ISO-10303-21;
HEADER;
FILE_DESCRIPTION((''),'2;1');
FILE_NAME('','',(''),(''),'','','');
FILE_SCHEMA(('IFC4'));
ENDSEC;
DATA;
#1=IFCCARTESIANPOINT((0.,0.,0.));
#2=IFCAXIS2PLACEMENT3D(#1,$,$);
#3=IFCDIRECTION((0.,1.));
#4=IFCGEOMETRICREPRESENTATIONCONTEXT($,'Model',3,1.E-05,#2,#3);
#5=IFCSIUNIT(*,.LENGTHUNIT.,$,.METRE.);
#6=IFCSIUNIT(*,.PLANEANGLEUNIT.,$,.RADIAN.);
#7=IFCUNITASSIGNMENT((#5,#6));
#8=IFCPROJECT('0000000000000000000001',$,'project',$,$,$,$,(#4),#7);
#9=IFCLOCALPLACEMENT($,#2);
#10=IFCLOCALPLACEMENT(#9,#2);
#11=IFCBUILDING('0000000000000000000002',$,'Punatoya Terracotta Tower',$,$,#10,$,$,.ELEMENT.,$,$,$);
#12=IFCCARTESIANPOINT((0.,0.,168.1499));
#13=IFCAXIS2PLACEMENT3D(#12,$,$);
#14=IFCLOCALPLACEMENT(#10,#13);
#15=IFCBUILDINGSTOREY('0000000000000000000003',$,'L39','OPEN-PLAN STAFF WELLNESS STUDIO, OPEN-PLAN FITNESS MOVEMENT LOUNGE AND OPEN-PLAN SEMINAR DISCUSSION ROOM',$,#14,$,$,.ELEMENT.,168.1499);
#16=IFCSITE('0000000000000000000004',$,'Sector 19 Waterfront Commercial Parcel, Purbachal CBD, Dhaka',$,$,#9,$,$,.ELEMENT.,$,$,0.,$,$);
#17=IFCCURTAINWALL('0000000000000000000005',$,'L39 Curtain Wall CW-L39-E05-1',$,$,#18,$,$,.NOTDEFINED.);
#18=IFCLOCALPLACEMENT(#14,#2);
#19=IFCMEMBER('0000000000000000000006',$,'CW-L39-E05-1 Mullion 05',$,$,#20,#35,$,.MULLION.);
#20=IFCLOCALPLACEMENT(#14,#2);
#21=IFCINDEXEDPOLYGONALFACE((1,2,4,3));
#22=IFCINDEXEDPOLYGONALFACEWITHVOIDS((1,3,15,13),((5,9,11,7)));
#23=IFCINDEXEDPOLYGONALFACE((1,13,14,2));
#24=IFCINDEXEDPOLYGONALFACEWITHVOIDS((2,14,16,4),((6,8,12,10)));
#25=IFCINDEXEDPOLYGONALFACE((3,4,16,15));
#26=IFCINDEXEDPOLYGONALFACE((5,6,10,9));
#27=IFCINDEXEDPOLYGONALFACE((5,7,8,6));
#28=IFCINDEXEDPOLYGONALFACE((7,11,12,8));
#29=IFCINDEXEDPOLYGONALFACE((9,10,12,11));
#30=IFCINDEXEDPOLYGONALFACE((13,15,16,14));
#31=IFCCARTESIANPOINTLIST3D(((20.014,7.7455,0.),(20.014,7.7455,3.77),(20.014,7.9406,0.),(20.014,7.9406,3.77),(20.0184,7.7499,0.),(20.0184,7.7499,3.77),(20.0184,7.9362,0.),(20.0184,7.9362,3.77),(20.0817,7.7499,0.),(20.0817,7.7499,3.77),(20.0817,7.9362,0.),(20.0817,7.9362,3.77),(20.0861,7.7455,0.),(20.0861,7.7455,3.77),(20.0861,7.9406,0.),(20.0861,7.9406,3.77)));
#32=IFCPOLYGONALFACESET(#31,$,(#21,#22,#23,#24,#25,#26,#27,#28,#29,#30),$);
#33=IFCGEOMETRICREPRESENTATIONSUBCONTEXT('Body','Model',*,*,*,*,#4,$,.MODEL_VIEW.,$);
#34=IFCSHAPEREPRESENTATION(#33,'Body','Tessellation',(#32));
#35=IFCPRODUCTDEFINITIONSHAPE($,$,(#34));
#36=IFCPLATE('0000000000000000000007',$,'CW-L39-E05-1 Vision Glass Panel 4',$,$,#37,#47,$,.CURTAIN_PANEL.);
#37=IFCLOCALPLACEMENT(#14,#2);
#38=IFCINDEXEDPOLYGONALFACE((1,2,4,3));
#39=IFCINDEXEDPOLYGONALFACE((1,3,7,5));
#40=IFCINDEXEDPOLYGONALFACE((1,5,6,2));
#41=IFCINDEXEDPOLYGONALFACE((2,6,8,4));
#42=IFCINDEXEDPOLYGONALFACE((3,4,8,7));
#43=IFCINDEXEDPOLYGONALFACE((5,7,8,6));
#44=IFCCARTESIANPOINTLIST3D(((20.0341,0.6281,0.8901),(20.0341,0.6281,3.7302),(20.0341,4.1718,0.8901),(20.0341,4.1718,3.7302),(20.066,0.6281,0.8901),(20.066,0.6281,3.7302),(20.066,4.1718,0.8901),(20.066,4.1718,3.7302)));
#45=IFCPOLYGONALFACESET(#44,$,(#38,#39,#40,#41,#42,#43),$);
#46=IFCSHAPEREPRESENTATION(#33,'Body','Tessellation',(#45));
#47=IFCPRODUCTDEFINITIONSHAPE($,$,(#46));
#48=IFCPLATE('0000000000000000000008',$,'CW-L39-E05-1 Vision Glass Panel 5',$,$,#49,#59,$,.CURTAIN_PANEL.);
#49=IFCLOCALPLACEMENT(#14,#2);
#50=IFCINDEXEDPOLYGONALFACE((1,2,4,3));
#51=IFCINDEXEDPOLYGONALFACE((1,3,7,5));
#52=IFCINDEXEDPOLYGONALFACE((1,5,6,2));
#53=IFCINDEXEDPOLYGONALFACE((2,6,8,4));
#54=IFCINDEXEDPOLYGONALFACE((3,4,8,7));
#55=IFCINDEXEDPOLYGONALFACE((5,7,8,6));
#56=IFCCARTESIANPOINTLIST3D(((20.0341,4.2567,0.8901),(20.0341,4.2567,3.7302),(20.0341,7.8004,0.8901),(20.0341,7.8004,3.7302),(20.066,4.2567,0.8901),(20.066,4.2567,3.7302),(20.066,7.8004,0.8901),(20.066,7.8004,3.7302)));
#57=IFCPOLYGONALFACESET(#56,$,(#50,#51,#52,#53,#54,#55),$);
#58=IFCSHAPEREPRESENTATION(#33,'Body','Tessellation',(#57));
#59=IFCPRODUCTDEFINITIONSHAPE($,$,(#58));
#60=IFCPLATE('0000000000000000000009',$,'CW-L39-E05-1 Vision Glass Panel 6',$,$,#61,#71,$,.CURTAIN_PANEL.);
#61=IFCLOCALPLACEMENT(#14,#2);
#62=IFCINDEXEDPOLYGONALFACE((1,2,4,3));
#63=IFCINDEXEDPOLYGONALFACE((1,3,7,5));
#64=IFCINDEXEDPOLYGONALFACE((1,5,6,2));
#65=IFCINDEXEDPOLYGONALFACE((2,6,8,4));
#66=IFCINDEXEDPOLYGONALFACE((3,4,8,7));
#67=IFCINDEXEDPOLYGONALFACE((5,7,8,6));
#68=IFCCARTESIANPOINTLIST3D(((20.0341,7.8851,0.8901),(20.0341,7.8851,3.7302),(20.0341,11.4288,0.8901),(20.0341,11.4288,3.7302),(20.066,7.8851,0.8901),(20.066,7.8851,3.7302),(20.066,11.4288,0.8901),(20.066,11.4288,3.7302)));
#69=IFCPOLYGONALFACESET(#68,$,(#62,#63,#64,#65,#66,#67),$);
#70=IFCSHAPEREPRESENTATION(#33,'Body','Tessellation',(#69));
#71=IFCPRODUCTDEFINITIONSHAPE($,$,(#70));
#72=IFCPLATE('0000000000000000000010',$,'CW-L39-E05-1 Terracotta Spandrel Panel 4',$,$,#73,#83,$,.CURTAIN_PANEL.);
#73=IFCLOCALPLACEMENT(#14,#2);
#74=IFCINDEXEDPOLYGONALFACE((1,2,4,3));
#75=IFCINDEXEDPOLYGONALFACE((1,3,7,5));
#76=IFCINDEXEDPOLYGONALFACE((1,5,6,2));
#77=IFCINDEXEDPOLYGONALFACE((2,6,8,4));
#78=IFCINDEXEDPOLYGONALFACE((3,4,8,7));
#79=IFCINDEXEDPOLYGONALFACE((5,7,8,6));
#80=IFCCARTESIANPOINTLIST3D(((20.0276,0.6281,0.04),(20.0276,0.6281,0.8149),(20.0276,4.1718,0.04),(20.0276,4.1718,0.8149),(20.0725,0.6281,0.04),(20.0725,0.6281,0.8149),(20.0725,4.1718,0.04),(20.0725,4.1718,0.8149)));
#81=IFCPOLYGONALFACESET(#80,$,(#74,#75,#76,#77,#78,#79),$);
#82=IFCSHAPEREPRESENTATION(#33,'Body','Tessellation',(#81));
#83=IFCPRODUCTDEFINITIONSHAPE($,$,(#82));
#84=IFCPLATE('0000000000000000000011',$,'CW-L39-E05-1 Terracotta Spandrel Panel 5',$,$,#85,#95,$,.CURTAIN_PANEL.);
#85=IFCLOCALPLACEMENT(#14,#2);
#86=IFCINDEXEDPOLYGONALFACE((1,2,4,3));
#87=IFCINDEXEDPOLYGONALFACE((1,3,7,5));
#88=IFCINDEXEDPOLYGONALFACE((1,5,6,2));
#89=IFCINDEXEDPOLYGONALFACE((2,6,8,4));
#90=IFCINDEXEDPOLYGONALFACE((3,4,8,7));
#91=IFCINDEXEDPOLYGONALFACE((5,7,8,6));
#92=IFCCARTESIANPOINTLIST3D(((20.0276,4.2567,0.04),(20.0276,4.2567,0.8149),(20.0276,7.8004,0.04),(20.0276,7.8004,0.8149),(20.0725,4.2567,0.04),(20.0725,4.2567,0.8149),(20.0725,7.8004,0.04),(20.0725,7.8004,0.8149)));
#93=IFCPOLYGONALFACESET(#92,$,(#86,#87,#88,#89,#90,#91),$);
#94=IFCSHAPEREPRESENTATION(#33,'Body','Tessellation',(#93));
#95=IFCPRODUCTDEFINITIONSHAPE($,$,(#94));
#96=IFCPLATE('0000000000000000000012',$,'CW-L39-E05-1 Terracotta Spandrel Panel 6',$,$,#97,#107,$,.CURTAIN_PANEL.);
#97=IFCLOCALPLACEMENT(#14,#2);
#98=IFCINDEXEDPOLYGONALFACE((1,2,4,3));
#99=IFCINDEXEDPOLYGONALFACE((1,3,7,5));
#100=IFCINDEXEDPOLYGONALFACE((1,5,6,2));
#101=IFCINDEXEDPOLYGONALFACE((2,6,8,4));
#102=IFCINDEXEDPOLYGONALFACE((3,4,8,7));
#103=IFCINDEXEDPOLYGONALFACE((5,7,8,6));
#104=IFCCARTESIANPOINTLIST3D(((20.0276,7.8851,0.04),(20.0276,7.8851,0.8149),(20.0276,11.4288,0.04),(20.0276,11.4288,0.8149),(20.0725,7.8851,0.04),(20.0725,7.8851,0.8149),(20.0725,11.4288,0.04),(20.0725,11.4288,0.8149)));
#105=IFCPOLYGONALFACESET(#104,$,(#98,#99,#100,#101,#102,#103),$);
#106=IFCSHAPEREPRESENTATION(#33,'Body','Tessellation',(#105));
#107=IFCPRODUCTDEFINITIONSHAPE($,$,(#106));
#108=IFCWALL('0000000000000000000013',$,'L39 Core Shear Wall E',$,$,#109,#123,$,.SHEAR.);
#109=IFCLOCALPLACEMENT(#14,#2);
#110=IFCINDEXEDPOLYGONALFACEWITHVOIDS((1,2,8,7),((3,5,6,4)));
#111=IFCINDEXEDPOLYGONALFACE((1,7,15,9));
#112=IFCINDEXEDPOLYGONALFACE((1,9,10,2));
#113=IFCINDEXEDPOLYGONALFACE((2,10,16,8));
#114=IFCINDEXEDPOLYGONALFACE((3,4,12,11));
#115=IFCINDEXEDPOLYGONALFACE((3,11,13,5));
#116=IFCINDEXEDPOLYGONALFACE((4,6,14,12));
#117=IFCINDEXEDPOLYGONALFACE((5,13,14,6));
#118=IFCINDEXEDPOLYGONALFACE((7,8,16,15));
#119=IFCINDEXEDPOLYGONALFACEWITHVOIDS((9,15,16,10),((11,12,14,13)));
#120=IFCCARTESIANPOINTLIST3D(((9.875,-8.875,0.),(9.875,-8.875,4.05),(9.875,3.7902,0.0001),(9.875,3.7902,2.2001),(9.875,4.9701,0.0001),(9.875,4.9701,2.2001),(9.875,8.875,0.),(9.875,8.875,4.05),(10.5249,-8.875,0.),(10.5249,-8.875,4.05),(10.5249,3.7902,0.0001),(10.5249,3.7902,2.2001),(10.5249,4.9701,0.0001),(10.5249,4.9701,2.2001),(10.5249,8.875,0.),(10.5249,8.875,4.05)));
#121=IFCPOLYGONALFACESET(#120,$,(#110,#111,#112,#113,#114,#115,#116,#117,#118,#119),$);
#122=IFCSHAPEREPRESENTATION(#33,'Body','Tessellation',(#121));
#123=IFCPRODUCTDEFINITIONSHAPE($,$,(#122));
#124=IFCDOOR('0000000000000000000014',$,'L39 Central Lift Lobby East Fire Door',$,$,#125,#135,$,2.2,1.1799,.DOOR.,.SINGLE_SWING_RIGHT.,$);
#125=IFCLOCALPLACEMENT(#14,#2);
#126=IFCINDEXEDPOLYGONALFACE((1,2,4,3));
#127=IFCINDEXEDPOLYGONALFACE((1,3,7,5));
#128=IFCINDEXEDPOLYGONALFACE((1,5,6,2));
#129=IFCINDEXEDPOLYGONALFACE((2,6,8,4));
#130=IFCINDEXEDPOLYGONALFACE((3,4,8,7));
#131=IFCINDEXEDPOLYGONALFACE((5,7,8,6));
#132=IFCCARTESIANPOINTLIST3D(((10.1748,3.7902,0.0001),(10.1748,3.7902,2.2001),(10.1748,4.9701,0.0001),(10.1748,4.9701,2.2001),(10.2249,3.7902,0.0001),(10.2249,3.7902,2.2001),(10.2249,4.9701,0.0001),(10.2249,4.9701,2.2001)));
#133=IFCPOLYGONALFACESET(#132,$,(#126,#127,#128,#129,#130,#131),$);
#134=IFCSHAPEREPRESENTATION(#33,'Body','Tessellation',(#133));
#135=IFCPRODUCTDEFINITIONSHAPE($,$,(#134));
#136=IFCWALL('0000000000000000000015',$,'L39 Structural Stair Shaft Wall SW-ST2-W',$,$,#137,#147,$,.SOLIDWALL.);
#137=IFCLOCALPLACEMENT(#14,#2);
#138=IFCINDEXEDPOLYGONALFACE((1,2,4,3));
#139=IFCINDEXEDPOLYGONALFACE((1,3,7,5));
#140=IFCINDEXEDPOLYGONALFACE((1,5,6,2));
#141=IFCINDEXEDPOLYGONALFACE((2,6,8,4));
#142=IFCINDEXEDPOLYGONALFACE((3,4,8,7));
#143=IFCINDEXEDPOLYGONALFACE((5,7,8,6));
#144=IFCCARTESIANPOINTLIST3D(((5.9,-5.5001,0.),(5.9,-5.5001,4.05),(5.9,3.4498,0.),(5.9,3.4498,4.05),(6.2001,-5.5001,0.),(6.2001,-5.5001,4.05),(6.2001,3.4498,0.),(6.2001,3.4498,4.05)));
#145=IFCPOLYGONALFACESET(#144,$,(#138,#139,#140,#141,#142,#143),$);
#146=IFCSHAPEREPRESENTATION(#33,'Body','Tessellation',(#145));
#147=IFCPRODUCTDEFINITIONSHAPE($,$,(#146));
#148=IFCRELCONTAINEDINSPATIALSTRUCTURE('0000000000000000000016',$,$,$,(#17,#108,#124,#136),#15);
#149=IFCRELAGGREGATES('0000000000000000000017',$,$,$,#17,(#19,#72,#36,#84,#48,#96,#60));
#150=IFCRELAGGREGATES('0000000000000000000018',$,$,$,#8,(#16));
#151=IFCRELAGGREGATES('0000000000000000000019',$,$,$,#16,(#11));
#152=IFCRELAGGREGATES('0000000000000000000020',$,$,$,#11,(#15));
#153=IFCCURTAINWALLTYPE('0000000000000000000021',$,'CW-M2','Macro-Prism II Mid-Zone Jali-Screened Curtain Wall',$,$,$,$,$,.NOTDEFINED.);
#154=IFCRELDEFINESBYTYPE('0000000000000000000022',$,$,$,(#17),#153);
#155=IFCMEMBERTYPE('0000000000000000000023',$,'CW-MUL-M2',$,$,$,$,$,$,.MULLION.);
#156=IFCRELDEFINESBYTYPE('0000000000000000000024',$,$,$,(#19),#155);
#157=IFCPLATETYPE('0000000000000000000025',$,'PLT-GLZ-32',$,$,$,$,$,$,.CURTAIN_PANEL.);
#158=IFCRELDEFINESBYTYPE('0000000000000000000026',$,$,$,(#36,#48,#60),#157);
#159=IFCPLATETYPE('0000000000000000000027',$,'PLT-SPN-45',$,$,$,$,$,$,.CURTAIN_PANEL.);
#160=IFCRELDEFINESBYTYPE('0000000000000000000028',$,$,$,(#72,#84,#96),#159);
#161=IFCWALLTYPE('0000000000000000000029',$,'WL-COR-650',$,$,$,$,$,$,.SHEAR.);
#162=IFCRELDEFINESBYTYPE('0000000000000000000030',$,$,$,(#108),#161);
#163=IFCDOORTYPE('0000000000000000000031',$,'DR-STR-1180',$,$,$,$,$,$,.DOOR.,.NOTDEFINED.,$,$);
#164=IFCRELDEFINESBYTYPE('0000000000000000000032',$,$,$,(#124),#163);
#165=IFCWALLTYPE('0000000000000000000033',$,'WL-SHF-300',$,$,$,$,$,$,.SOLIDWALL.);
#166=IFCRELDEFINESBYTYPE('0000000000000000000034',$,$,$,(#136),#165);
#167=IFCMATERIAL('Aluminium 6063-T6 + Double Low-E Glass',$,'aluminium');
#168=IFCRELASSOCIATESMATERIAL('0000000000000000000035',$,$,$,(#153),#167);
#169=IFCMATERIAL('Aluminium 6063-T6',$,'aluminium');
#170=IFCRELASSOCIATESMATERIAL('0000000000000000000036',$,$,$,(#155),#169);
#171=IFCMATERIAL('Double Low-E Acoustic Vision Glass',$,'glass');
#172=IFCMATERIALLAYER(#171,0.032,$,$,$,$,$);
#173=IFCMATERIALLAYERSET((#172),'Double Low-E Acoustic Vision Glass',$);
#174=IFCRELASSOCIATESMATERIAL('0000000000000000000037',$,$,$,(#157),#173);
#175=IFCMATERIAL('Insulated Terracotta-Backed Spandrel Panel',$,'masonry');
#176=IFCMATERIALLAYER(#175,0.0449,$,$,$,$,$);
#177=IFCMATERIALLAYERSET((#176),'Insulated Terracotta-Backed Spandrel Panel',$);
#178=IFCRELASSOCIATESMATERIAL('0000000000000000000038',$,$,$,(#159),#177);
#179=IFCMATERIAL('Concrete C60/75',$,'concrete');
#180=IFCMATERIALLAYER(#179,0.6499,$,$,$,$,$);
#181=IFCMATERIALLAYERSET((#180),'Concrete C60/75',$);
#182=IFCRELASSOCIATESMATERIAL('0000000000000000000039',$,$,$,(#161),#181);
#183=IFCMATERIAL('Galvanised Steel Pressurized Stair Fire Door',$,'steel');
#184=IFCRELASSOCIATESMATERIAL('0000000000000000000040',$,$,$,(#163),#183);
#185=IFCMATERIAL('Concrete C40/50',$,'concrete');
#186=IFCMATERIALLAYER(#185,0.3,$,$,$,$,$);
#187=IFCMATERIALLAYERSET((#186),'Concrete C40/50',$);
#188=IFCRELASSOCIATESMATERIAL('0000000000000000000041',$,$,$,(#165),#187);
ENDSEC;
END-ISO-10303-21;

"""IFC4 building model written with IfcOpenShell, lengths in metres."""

from ifc_helpers import new_model, si_unit, direction, frame, frame_2d, origin, origin_2d, place, context, subcontext, project, spatial, rectangle, hollow_rectangle, extrude, material, layer, layer_set, material_profile, profile_set, type_object, element, fill, aggregate, save


model = new_model("IFC4")

# Units and contexts
model_context = context("Model", 3, precision=1e-05, world=origin(), true_north=direction((0.0, 1.0)))
body_context = subcontext(model_context, "Body", "Model", "MODEL_VIEW")
ifc_project = project(units=[si_unit("LENGTHUNIT", "METRE"), si_unit("PLANEANGLEUNIT", "RADIAN")], contexts=[model_context])

# Site, building, storey
site_placement = place(None, origin())
site = spatial("IfcSite", under=ifc_project, at=site_placement, Name="Sector 19 Waterfront Commercial Parcel, Purbachal CBD, Dhaka", CompositionType="ELEMENT", RefElevation=0.0)
building_placement = place(site_placement, origin())
building = spatial("IfcBuilding", under=site, at=building_placement, Name="Punatoya Terracotta Tower", CompositionType="ELEMENT")
storey_placement = place(building_placement, frame((0.0, 0.0, 168.1499)))
storey = spatial("IfcBuildingStorey", under=building, at=storey_placement, Name="L39", Description="OPEN-PLAN STAFF WELLNESS STUDIO, OPEN-PLAN FITNESS MOVEMENT LOUNGE AND OPEN-PLAN SEMINAR DISCUSSION ROOM", CompositionType="ELEMENT", Elevation=168.1499)

# Curtain wall, member, plates
ifc_material_1 = material(Name="Aluminium 6063-T6 + Double Low-E Glass", Category="aluminium")
curtain_wall_type = type_object("IfcCurtainWallType", Name="CW-M2", Description="Macro-Prism II Mid-Zone Jali-Screened Curtain Wall", PredefinedType="NOTDEFINED", material=ifc_material_1)
curtain_wall_placement = place(storey_placement, origin())
curtain_wall = element("IfcCurtainWall", 1, at=curtain_wall_placement, inside=storey, type_object=curtain_wall_type, Name="L39 Curtain Wall CW-L39-E05-1", PredefinedType="NOTDEFINED")
ifc_material_2 = material(Name="Aluminium 6063-T6", Category="aluminium")
ifc_material_profile_1 = material_profile(ifc_material_2, hollow_rectangle(XDim=0.072, YDim=0.1951, WallThickness=0.0044, at=origin_2d()))
ifc_profile_set_1 = profile_set([ifc_material_profile_1], Name="Aluminium 6063-T6")
member_type = type_object("IfcMemberType", Name="CW-MUL-M2", PredefinedType="MULLION", material=ifc_profile_set_1)
member_1_placement = place(storey_placement, frame((20.05, 7.843, 0.0), z_axis=(0.0, 0.0, 1.0), x_axis=(1.0, 0.0, 0.0)))
member_1 = element("IfcMember", 2, at=member_1_placement, type_object=member_type, Name="CW-L39-E05-1 Mullion 05", PredefinedType="MULLION", context=body_context, shape_type="SweptSolid", body=[
    extrude(hollow_rectangle(XDim=0.072, YDim=0.1951, WallThickness=0.0044, at=origin_2d()), origin(), (0.0, 0.0, 1.0), 3.77),
])
ifc_material_3 = material(Name="Double Low-E Acoustic Vision Glass", Category="glass")
ifc_layer_1 = layer(ifc_material_3, 0.032)
ifc_layer_set_1 = layer_set([ifc_layer_1], Name="Double Low-E Acoustic Vision Glass")
plate_type_1 = type_object("IfcPlateType", Name="PLT-GLZ-32", PredefinedType="CURTAIN_PANEL", material=ifc_layer_set_1)
plate_1_placement = place(storey_placement, frame((20.05, 2.3999, 0.8901), z_axis=(0.0, 0.0, 1.0), x_axis=(0.0, 1.0, 0.0)))
plate_1 = element("IfcPlate", 3, at=plate_1_placement, type_object=plate_type_1, Name="CW-L39-E05-1 Vision Glass Panel 4", PredefinedType="CURTAIN_PANEL", context=body_context, shape_type="SweptSolid", body=[
    extrude(rectangle(XDim=3.5437, YDim=0.032, at=origin_2d()), origin(), (0.0, 0.0, 1.0), 2.8401),
])
plate_2_placement = place(storey_placement, frame((20.05, 6.0286, 0.8901), z_axis=(0.0, 0.0, 1.0), x_axis=(0.0, 1.0, 0.0)))
plate_2 = element("IfcPlate", 4, at=plate_2_placement, type_object=plate_type_1, Name="CW-L39-E05-1 Vision Glass Panel 5", PredefinedType="CURTAIN_PANEL", context=body_context, shape_type="SweptSolid", body=[
    extrude(rectangle(XDim=3.5437, YDim=0.032, at=origin_2d()), origin(), (0.0, 0.0, 1.0), 2.8401),
])
plate_3_placement = place(storey_placement, frame((20.05, 9.657, 0.8901), z_axis=(0.0, 0.0, 1.0), x_axis=(0.0, 1.0, 0.0)))
plate_3 = element("IfcPlate", 5, at=plate_3_placement, type_object=plate_type_1, Name="CW-L39-E05-1 Vision Glass Panel 6", PredefinedType="CURTAIN_PANEL", context=body_context, shape_type="SweptSolid", body=[
    extrude(rectangle(XDim=3.5437, YDim=0.032, at=origin_2d()), origin(), (0.0, 0.0, 1.0), 2.8401),
])
ifc_material_4 = material(Name="Insulated Terracotta-Backed Spandrel Panel", Category="masonry")
ifc_layer_2 = layer(ifc_material_4, 0.0449)
ifc_layer_set_2 = layer_set([ifc_layer_2], Name="Insulated Terracotta-Backed Spandrel Panel")
plate_type_2 = type_object("IfcPlateType", Name="PLT-SPN-45", PredefinedType="CURTAIN_PANEL", material=ifc_layer_set_2)
plate_4_placement = place(storey_placement, frame((20.05, 2.3999, 0.04), z_axis=(0.0, 0.0, 1.0), x_axis=(0.0, 1.0, 0.0)))
plate_4 = element("IfcPlate", 6, at=plate_4_placement, type_object=plate_type_2, Name="CW-L39-E05-1 Terracotta Spandrel Panel 4", PredefinedType="CURTAIN_PANEL", context=body_context, shape_type="SweptSolid", body=[
    extrude(rectangle(XDim=3.5437, YDim=0.0449, at=origin_2d()), origin(), (0.0, 0.0, 1.0), 0.7749),
])
plate_5_placement = place(storey_placement, frame((20.05, 6.0286, 0.04), z_axis=(0.0, 0.0, 1.0), x_axis=(0.0, 1.0, 0.0)))
plate_5 = element("IfcPlate", 7, at=plate_5_placement, type_object=plate_type_2, Name="CW-L39-E05-1 Terracotta Spandrel Panel 5", PredefinedType="CURTAIN_PANEL", context=body_context, shape_type="SweptSolid", body=[
    extrude(rectangle(XDim=3.5437, YDim=0.0449, at=origin_2d()), origin(), (0.0, 0.0, 1.0), 0.7749),
])
plate_6_placement = place(storey_placement, frame((20.05, 9.657, 0.04), z_axis=(0.0, 0.0, 1.0), x_axis=(0.0, 1.0, 0.0)))
plate_6 = element("IfcPlate", 8, at=plate_6_placement, type_object=plate_type_2, Name="CW-L39-E05-1 Terracotta Spandrel Panel 6", PredefinedType="CURTAIN_PANEL", context=body_context, shape_type="SweptSolid", body=[
    extrude(rectangle(XDim=3.5437, YDim=0.0449, at=origin_2d()), origin(), (0.0, 0.0, 1.0), 0.7749),
])
aggregate(curtain_wall, [member_1, plate_4, plate_1, plate_5, plate_2, plate_6, plate_3])

# Wall, opening, door
ifc_material_5 = material(Name="Concrete C60/75", Category="concrete")
ifc_layer_3 = layer(ifc_material_5, 0.6499)
ifc_layer_set_3 = layer_set([ifc_layer_3], Name="Concrete C60/75")
wall_type_1 = type_object("IfcWallType", Name="WL-COR-650", PredefinedType="SHEAR", material=ifc_layer_set_3)
wall_1_placement = place(storey_placement, frame((10.2, 8.875, 0.0), z_axis=(0.0, 0.0, 1.0), x_axis=(0.0, -1.0, 0.0)))
wall_1 = element("IfcWall", 9, at=wall_1_placement, inside=storey, type_object=wall_type_1, Name="L39 Core Shear Wall E", PredefinedType="SHEAR", context=body_context, shape_type="SweptSolid", body=[
    extrude(rectangle(XDim=17.75, YDim=0.6499, at=frame_2d((8.875, 0.0))), origin(), (0.0, 0.0, 1.0), 4.05),
])
opening_placement = place(wall_1_placement, frame((3.905, 0.0, 0.0)))
opening = element("IfcOpeningElement", 10, at=opening_placement, cuts=wall_1, PredefinedType="OPENING", context=body_context, shape_type="SweptSolid", body=[
    extrude(rectangle(XDim=1.1799, YDim=2.2, at=frame_2d((0.5898, 1.1001))), frame((0.0, 0.335, 0.0), z_axis=(0.0, -1.0, 0.0), x_axis=(1.0, 0.0, 0.0)), (0.0, 0.0, 1.0), 0.6699),
])
ifc_material_6 = material(Name="Galvanised Steel Pressurized Stair Fire Door", Category="steel")
door_type = type_object("IfcDoorType", Name="DR-STR-1180", OperationType="NOTDEFINED", PredefinedType="DOOR", material=ifc_material_6)
door_placement = place(opening_placement, origin())
door = element("IfcDoor", 11, at=door_placement, inside=storey, type_object=door_type, Name="L39 Central Lift Lobby East Fire Door", OperationType="SINGLE_SWING_RIGHT", OverallHeight=2.2, OverallWidth=1.1799, PredefinedType="DOOR", context=body_context, shape_type="SweptSolid", body=[
    extrude(rectangle(XDim=1.1799, YDim=2.2, at=frame_2d((0.5898, 1.1001))), frame((0.0, 0.0249, 0.0), z_axis=(0.0, -1.0, 0.0), x_axis=(1.0, 0.0, 0.0)), (0.0, 0.0, 1.0), 0.05),
])
fill(opening, door)

# Wall
ifc_material_7 = material(Name="Concrete C40/50", Category="concrete")
ifc_layer_4 = layer(ifc_material_7, 0.3)
ifc_layer_set_4 = layer_set([ifc_layer_4], Name="Concrete C40/50")
wall_type_2 = type_object("IfcWallType", Name="WL-SHF-300", PredefinedType="SOLIDWALL", material=ifc_layer_set_4)
wall_2_placement = place(storey_placement, frame((6.05, 3.45, 0.0), z_axis=(0.0, 0.0, 1.0), x_axis=(0.0, -1.0, 0.0)))
element("IfcWall", 12, at=wall_2_placement, inside=storey, type_object=wall_type_2, Name="L39 Structural Stair Shaft Wall SW-ST2-W", PredefinedType="SOLIDWALL", context=body_context, shape_type="SweptSolid", body=[
    extrude(rectangle(XDim=8.95, YDim=0.3, at=frame_2d((4.4751, 0.0))), origin(), (0.0, 0.0, 1.0), 4.05),
])

save(model, "model.ifc")
